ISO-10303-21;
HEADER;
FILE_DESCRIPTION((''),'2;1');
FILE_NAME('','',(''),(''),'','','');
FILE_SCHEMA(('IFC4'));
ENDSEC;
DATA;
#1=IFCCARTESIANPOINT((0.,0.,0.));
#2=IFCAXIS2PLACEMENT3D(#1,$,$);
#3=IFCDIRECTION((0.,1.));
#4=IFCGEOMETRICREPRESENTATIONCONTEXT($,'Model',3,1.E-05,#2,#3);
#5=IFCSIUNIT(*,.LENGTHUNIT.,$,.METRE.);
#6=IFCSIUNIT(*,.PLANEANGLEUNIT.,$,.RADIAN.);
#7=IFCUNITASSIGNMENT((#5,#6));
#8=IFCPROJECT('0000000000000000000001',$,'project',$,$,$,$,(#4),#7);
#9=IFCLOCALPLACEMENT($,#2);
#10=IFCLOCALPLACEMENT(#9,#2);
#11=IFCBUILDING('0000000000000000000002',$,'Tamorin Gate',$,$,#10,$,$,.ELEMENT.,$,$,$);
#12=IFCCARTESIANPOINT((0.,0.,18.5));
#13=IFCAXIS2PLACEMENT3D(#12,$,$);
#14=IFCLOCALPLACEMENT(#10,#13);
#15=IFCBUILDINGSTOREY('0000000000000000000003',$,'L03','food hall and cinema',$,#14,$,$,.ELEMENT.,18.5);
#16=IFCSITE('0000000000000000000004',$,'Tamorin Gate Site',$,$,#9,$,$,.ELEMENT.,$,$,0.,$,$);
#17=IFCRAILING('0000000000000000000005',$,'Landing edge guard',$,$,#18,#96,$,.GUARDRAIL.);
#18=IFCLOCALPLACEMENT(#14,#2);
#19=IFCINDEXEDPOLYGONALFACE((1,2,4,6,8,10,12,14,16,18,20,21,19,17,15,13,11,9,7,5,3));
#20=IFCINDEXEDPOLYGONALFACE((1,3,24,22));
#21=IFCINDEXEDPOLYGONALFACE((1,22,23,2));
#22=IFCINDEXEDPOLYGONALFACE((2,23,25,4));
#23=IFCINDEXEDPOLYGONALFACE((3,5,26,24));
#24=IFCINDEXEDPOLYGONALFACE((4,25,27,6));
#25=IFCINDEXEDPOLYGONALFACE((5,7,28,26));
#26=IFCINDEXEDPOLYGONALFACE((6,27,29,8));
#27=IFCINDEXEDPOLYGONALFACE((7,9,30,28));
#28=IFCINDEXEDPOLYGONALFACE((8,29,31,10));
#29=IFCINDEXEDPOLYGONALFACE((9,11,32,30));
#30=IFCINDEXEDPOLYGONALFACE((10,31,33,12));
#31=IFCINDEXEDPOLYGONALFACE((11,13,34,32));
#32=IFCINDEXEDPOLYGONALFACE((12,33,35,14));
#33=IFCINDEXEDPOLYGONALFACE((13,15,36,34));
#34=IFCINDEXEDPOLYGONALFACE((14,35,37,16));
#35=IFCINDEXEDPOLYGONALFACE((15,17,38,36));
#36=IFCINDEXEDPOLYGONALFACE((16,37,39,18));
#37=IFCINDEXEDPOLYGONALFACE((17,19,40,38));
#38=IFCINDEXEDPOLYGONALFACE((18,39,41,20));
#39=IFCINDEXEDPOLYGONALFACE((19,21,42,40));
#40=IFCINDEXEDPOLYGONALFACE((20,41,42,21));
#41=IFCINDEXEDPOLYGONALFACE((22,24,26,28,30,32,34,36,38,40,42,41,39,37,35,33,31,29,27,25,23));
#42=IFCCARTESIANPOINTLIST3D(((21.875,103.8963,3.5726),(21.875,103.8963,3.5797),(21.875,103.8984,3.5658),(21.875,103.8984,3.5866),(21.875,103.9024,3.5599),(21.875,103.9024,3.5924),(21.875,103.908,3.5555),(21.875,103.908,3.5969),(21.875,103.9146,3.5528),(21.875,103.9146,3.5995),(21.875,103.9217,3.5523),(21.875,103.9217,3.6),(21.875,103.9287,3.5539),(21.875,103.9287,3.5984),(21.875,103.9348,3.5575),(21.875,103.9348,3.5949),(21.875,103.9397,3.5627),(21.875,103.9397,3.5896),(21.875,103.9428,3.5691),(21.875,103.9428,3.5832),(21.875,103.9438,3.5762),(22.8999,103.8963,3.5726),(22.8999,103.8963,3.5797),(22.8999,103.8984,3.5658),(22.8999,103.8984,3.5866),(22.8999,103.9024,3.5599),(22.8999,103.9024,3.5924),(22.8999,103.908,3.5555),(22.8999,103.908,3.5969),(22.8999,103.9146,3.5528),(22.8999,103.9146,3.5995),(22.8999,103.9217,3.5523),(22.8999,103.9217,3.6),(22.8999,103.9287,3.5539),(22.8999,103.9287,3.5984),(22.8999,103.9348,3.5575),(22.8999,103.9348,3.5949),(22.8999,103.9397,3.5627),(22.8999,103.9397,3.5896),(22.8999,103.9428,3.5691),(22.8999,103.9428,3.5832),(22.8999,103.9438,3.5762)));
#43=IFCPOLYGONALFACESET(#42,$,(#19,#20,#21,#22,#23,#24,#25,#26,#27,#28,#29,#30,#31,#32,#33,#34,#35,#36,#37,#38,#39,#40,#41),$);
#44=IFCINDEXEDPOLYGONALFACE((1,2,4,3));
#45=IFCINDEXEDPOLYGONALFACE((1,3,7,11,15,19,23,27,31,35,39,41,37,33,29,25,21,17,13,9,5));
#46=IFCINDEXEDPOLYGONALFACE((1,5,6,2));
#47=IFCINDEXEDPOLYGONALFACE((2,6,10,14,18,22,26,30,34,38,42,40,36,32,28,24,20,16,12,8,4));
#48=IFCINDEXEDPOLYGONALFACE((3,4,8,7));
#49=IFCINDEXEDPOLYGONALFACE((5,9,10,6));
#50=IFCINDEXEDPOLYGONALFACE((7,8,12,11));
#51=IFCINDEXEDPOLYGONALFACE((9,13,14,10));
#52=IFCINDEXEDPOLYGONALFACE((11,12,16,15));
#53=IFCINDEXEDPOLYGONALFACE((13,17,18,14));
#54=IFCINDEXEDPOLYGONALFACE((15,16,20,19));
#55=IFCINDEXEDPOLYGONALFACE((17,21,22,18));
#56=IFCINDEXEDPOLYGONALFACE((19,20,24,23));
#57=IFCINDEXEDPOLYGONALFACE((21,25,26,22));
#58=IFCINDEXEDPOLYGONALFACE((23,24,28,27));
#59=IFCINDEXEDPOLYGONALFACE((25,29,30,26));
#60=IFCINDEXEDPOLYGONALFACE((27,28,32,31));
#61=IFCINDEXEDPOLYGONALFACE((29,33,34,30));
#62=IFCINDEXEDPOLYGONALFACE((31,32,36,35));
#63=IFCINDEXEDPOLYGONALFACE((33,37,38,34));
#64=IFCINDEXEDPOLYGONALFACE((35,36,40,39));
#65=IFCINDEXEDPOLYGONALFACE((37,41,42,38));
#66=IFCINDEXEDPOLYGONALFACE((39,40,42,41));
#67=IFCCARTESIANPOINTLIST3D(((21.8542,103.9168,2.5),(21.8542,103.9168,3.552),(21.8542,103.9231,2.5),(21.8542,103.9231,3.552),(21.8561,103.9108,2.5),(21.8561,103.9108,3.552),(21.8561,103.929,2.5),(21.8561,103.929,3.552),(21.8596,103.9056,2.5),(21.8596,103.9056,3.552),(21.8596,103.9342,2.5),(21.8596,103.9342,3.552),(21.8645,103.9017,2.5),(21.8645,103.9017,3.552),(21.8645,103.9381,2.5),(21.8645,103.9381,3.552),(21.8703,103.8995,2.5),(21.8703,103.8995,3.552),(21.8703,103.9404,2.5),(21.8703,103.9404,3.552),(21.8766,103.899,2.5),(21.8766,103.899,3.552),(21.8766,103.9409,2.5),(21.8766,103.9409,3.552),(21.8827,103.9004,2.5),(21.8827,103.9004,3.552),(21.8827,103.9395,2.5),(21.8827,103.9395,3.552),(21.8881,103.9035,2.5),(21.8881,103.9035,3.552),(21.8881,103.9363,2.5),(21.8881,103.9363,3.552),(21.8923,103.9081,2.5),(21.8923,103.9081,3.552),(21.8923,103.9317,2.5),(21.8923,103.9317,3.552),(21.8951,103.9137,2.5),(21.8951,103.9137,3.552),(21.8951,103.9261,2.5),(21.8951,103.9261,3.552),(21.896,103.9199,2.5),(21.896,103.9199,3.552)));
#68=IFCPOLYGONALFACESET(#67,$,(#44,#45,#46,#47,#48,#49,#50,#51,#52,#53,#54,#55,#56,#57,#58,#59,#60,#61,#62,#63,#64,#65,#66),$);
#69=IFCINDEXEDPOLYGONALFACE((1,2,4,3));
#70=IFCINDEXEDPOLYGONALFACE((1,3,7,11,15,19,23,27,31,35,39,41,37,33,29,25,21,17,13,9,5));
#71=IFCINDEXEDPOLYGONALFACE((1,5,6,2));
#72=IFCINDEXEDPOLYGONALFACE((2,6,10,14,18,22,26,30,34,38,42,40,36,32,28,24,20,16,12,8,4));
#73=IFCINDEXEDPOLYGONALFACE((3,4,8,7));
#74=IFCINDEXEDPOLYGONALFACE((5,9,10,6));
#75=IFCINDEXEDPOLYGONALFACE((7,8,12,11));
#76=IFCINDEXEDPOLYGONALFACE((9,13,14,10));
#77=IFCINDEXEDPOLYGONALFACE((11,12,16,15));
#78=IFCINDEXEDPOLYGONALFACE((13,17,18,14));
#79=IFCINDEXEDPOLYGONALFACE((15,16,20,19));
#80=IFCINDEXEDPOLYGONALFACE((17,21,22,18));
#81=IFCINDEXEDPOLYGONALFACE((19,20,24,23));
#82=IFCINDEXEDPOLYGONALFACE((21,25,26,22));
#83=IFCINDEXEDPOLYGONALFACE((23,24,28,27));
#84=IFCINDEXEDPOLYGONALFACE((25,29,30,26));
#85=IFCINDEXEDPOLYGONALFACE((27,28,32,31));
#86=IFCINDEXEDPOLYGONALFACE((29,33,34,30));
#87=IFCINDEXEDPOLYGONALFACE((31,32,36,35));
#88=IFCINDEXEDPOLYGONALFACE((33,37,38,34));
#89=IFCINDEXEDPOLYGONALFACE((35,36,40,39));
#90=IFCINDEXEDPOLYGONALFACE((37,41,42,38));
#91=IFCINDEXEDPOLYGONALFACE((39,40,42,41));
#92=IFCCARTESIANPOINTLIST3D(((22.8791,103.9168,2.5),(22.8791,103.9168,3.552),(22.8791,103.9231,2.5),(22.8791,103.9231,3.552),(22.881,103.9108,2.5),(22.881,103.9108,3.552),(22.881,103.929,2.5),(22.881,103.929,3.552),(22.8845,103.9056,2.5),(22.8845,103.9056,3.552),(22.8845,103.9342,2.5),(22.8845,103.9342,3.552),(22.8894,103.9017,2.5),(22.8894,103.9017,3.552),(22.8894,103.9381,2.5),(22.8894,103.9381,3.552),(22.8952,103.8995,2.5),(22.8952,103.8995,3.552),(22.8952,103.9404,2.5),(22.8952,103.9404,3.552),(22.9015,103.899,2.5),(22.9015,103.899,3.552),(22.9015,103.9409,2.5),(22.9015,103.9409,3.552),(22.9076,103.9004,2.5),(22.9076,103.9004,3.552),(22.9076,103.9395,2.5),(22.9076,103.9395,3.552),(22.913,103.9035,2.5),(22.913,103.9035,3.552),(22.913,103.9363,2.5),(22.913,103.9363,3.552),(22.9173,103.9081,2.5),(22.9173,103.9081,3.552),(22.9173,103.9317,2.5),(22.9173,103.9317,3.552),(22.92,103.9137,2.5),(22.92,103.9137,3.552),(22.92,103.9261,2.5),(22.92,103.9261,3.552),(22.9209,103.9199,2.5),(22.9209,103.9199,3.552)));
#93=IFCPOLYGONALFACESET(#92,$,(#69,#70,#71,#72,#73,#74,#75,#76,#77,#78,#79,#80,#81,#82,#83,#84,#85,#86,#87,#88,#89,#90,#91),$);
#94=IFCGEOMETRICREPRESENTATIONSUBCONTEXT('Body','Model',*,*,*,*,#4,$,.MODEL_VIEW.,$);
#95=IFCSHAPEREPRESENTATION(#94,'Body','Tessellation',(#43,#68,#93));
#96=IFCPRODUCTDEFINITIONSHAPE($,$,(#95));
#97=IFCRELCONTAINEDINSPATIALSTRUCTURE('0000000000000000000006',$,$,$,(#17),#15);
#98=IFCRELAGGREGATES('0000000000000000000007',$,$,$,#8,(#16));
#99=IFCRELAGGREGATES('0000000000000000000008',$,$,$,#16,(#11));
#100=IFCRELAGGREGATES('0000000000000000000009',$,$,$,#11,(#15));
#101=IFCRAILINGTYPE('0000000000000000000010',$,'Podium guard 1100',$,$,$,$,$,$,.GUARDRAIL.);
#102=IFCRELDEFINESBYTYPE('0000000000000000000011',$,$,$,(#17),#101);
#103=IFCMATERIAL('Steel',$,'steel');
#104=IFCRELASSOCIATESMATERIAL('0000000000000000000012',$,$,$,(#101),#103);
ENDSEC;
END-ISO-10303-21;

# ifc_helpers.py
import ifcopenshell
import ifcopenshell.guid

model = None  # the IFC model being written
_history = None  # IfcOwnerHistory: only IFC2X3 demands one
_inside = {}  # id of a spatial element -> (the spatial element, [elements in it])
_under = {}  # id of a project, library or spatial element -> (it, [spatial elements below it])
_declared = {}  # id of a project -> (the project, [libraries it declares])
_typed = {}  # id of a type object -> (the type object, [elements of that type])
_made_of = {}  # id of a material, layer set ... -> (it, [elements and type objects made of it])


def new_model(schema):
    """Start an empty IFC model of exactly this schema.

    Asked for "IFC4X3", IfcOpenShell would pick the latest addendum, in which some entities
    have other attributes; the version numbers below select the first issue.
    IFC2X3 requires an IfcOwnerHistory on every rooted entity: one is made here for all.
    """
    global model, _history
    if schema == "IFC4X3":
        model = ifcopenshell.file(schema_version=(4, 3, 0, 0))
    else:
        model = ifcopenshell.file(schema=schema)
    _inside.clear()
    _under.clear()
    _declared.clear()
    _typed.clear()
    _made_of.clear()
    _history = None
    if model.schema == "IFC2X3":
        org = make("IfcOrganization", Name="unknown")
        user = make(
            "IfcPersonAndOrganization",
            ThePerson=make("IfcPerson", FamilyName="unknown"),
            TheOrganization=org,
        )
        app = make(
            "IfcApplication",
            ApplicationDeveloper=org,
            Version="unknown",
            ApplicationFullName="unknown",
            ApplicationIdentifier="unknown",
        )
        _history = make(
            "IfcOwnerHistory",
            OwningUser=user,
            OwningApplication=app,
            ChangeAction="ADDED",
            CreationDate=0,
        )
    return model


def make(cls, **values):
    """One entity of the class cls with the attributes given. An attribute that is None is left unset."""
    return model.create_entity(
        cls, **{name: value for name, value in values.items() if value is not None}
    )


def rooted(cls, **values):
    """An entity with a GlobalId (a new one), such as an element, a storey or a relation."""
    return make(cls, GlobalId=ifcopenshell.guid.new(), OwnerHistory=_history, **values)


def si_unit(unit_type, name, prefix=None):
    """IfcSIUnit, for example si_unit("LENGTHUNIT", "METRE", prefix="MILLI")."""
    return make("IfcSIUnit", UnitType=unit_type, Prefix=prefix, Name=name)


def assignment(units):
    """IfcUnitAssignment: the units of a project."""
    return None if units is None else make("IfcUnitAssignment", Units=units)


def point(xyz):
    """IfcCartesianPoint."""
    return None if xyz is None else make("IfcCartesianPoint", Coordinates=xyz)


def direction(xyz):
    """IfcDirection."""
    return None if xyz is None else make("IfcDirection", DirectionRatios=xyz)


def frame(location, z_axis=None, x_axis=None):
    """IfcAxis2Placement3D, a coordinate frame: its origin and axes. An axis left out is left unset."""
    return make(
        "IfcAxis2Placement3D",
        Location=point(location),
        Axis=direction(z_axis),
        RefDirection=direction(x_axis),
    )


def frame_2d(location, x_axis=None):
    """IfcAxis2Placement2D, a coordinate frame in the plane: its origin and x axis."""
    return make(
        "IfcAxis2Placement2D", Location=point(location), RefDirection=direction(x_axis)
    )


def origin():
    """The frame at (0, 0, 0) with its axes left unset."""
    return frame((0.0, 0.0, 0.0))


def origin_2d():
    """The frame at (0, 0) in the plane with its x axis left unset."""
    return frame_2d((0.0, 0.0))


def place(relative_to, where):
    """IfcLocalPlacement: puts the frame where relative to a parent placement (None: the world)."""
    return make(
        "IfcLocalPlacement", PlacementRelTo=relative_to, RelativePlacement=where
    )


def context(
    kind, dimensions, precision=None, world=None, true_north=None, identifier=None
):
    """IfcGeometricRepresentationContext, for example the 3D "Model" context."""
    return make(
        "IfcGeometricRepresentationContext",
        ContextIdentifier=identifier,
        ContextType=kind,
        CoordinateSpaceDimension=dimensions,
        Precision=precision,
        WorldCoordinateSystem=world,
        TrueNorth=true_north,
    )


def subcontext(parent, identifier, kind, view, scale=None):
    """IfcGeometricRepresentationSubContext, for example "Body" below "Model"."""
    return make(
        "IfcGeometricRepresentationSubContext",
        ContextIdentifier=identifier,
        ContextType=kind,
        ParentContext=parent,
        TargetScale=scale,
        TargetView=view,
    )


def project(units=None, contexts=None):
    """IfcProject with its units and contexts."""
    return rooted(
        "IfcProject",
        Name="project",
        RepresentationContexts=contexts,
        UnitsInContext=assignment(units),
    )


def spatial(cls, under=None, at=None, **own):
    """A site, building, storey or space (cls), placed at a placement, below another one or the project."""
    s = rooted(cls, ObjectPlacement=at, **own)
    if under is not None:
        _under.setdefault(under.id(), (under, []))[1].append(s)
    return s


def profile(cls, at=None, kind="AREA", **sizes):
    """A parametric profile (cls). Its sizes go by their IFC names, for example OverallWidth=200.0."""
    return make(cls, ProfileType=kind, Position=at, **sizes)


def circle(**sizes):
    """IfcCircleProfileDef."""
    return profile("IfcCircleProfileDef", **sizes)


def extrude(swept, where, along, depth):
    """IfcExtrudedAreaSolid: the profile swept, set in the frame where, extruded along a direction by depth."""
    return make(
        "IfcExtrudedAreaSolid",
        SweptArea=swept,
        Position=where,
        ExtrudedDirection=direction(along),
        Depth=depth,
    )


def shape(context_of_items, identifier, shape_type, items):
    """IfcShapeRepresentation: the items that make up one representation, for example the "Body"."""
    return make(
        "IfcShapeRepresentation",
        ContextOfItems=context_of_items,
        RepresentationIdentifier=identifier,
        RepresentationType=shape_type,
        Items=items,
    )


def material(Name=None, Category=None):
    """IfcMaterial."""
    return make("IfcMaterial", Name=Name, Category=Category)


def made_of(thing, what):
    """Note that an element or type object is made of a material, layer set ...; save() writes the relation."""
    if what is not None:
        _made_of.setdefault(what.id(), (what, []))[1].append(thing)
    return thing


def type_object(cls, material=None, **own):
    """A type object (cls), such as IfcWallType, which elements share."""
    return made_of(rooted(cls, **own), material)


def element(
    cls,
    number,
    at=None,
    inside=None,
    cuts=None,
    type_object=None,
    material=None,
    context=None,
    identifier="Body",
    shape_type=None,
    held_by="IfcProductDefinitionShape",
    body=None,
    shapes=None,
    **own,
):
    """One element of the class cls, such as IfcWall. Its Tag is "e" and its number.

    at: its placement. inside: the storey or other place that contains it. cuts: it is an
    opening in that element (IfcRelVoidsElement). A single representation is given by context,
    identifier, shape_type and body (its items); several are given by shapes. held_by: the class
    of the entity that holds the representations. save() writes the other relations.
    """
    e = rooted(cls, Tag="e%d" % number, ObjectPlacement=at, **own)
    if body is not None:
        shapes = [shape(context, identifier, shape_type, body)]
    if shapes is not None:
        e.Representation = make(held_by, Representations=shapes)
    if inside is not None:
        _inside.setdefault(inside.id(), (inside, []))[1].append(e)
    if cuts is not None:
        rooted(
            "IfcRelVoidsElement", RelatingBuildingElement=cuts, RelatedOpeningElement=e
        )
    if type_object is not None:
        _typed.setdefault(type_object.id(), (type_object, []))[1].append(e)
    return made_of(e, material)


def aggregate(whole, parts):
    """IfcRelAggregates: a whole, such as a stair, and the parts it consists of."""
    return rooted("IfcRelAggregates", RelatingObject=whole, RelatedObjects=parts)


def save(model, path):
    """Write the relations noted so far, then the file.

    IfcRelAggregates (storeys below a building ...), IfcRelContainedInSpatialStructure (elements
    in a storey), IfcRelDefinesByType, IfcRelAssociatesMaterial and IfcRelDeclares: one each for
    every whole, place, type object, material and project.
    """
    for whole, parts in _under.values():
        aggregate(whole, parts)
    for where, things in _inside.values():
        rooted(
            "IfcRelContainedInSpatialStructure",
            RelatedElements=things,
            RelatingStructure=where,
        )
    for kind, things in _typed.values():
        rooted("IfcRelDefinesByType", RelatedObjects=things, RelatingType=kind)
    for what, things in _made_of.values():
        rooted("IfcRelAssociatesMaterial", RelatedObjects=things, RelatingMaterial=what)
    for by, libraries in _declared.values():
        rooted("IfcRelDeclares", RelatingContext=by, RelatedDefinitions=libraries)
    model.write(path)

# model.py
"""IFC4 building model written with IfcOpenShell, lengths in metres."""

from ifc_helpers import new_model, si_unit, direction, frame, origin, origin_2d, place, context, subcontext, project, spatial, circle, extrude, material, type_object, element, save


model = new_model("IFC4")

# Units and contexts
model_context = context("Model", 3, precision=1e-05, world=origin(), true_north=direction((0.0, 1.0)))
body_context = subcontext(model_context, "Body", "Model", "MODEL_VIEW")
ifc_project = project(units=[si_unit("LENGTHUNIT", "METRE"), si_unit("PLANEANGLEUNIT", "RADIAN")], contexts=[model_context])

# Site, building, storey
site_placement = place(None, origin())
site = spatial("IfcSite", under=ifc_project, at=site_placement, Name="Tamorin Gate Site", CompositionType="ELEMENT", RefElevation=0.0)
building_placement = place(site_placement, origin())
building = spatial("IfcBuilding", under=site, at=building_placement, Name="Tamorin Gate", CompositionType="ELEMENT")
storey_placement = place(building_placement, frame((0.0, 0.0, 18.5)))
storey = spatial("IfcBuildingStorey", under=building, at=storey_placement, Name="L03", Description="food hall and cinema", CompositionType="ELEMENT", Elevation=18.5)

# Railing
ifc_material_1 = material(Name="Steel", Category="steel")
railing_type = type_object("IfcRailingType", Name="Podium guard 1100", PredefinedType="GUARDRAIL", material=ifc_material_1)
railing_1_placement = place(storey_placement, frame((21.875, 103.9199, 2.5)))
element("IfcRailing", 1, at=railing_1_placement, inside=storey, type_object=railing_type, Name="Landing edge guard", PredefinedType="GUARDRAIL", context=body_context, shape_type="SweptSolid", body=[
    extrude(circle(Radius=0.0239, at=origin_2d()), frame((0.0, 0.0, 1.0762), z_axis=(1.0, 0.0, 0.0), x_axis=(0.0, 1.0, 0.0)), (0.0, 0.0, 1.0), 1.0249),
    extrude(circle(Radius=0.021, at=origin_2d()), origin(), (0.0, 0.0, 1.0), 1.052),
    extrude(circle(Radius=0.021, at=origin_2d()), frame((1.0249, 0.0, 0.0)), (0.0, 0.0, 1.0), 1.052),
])

save(model, "model.ifc")
